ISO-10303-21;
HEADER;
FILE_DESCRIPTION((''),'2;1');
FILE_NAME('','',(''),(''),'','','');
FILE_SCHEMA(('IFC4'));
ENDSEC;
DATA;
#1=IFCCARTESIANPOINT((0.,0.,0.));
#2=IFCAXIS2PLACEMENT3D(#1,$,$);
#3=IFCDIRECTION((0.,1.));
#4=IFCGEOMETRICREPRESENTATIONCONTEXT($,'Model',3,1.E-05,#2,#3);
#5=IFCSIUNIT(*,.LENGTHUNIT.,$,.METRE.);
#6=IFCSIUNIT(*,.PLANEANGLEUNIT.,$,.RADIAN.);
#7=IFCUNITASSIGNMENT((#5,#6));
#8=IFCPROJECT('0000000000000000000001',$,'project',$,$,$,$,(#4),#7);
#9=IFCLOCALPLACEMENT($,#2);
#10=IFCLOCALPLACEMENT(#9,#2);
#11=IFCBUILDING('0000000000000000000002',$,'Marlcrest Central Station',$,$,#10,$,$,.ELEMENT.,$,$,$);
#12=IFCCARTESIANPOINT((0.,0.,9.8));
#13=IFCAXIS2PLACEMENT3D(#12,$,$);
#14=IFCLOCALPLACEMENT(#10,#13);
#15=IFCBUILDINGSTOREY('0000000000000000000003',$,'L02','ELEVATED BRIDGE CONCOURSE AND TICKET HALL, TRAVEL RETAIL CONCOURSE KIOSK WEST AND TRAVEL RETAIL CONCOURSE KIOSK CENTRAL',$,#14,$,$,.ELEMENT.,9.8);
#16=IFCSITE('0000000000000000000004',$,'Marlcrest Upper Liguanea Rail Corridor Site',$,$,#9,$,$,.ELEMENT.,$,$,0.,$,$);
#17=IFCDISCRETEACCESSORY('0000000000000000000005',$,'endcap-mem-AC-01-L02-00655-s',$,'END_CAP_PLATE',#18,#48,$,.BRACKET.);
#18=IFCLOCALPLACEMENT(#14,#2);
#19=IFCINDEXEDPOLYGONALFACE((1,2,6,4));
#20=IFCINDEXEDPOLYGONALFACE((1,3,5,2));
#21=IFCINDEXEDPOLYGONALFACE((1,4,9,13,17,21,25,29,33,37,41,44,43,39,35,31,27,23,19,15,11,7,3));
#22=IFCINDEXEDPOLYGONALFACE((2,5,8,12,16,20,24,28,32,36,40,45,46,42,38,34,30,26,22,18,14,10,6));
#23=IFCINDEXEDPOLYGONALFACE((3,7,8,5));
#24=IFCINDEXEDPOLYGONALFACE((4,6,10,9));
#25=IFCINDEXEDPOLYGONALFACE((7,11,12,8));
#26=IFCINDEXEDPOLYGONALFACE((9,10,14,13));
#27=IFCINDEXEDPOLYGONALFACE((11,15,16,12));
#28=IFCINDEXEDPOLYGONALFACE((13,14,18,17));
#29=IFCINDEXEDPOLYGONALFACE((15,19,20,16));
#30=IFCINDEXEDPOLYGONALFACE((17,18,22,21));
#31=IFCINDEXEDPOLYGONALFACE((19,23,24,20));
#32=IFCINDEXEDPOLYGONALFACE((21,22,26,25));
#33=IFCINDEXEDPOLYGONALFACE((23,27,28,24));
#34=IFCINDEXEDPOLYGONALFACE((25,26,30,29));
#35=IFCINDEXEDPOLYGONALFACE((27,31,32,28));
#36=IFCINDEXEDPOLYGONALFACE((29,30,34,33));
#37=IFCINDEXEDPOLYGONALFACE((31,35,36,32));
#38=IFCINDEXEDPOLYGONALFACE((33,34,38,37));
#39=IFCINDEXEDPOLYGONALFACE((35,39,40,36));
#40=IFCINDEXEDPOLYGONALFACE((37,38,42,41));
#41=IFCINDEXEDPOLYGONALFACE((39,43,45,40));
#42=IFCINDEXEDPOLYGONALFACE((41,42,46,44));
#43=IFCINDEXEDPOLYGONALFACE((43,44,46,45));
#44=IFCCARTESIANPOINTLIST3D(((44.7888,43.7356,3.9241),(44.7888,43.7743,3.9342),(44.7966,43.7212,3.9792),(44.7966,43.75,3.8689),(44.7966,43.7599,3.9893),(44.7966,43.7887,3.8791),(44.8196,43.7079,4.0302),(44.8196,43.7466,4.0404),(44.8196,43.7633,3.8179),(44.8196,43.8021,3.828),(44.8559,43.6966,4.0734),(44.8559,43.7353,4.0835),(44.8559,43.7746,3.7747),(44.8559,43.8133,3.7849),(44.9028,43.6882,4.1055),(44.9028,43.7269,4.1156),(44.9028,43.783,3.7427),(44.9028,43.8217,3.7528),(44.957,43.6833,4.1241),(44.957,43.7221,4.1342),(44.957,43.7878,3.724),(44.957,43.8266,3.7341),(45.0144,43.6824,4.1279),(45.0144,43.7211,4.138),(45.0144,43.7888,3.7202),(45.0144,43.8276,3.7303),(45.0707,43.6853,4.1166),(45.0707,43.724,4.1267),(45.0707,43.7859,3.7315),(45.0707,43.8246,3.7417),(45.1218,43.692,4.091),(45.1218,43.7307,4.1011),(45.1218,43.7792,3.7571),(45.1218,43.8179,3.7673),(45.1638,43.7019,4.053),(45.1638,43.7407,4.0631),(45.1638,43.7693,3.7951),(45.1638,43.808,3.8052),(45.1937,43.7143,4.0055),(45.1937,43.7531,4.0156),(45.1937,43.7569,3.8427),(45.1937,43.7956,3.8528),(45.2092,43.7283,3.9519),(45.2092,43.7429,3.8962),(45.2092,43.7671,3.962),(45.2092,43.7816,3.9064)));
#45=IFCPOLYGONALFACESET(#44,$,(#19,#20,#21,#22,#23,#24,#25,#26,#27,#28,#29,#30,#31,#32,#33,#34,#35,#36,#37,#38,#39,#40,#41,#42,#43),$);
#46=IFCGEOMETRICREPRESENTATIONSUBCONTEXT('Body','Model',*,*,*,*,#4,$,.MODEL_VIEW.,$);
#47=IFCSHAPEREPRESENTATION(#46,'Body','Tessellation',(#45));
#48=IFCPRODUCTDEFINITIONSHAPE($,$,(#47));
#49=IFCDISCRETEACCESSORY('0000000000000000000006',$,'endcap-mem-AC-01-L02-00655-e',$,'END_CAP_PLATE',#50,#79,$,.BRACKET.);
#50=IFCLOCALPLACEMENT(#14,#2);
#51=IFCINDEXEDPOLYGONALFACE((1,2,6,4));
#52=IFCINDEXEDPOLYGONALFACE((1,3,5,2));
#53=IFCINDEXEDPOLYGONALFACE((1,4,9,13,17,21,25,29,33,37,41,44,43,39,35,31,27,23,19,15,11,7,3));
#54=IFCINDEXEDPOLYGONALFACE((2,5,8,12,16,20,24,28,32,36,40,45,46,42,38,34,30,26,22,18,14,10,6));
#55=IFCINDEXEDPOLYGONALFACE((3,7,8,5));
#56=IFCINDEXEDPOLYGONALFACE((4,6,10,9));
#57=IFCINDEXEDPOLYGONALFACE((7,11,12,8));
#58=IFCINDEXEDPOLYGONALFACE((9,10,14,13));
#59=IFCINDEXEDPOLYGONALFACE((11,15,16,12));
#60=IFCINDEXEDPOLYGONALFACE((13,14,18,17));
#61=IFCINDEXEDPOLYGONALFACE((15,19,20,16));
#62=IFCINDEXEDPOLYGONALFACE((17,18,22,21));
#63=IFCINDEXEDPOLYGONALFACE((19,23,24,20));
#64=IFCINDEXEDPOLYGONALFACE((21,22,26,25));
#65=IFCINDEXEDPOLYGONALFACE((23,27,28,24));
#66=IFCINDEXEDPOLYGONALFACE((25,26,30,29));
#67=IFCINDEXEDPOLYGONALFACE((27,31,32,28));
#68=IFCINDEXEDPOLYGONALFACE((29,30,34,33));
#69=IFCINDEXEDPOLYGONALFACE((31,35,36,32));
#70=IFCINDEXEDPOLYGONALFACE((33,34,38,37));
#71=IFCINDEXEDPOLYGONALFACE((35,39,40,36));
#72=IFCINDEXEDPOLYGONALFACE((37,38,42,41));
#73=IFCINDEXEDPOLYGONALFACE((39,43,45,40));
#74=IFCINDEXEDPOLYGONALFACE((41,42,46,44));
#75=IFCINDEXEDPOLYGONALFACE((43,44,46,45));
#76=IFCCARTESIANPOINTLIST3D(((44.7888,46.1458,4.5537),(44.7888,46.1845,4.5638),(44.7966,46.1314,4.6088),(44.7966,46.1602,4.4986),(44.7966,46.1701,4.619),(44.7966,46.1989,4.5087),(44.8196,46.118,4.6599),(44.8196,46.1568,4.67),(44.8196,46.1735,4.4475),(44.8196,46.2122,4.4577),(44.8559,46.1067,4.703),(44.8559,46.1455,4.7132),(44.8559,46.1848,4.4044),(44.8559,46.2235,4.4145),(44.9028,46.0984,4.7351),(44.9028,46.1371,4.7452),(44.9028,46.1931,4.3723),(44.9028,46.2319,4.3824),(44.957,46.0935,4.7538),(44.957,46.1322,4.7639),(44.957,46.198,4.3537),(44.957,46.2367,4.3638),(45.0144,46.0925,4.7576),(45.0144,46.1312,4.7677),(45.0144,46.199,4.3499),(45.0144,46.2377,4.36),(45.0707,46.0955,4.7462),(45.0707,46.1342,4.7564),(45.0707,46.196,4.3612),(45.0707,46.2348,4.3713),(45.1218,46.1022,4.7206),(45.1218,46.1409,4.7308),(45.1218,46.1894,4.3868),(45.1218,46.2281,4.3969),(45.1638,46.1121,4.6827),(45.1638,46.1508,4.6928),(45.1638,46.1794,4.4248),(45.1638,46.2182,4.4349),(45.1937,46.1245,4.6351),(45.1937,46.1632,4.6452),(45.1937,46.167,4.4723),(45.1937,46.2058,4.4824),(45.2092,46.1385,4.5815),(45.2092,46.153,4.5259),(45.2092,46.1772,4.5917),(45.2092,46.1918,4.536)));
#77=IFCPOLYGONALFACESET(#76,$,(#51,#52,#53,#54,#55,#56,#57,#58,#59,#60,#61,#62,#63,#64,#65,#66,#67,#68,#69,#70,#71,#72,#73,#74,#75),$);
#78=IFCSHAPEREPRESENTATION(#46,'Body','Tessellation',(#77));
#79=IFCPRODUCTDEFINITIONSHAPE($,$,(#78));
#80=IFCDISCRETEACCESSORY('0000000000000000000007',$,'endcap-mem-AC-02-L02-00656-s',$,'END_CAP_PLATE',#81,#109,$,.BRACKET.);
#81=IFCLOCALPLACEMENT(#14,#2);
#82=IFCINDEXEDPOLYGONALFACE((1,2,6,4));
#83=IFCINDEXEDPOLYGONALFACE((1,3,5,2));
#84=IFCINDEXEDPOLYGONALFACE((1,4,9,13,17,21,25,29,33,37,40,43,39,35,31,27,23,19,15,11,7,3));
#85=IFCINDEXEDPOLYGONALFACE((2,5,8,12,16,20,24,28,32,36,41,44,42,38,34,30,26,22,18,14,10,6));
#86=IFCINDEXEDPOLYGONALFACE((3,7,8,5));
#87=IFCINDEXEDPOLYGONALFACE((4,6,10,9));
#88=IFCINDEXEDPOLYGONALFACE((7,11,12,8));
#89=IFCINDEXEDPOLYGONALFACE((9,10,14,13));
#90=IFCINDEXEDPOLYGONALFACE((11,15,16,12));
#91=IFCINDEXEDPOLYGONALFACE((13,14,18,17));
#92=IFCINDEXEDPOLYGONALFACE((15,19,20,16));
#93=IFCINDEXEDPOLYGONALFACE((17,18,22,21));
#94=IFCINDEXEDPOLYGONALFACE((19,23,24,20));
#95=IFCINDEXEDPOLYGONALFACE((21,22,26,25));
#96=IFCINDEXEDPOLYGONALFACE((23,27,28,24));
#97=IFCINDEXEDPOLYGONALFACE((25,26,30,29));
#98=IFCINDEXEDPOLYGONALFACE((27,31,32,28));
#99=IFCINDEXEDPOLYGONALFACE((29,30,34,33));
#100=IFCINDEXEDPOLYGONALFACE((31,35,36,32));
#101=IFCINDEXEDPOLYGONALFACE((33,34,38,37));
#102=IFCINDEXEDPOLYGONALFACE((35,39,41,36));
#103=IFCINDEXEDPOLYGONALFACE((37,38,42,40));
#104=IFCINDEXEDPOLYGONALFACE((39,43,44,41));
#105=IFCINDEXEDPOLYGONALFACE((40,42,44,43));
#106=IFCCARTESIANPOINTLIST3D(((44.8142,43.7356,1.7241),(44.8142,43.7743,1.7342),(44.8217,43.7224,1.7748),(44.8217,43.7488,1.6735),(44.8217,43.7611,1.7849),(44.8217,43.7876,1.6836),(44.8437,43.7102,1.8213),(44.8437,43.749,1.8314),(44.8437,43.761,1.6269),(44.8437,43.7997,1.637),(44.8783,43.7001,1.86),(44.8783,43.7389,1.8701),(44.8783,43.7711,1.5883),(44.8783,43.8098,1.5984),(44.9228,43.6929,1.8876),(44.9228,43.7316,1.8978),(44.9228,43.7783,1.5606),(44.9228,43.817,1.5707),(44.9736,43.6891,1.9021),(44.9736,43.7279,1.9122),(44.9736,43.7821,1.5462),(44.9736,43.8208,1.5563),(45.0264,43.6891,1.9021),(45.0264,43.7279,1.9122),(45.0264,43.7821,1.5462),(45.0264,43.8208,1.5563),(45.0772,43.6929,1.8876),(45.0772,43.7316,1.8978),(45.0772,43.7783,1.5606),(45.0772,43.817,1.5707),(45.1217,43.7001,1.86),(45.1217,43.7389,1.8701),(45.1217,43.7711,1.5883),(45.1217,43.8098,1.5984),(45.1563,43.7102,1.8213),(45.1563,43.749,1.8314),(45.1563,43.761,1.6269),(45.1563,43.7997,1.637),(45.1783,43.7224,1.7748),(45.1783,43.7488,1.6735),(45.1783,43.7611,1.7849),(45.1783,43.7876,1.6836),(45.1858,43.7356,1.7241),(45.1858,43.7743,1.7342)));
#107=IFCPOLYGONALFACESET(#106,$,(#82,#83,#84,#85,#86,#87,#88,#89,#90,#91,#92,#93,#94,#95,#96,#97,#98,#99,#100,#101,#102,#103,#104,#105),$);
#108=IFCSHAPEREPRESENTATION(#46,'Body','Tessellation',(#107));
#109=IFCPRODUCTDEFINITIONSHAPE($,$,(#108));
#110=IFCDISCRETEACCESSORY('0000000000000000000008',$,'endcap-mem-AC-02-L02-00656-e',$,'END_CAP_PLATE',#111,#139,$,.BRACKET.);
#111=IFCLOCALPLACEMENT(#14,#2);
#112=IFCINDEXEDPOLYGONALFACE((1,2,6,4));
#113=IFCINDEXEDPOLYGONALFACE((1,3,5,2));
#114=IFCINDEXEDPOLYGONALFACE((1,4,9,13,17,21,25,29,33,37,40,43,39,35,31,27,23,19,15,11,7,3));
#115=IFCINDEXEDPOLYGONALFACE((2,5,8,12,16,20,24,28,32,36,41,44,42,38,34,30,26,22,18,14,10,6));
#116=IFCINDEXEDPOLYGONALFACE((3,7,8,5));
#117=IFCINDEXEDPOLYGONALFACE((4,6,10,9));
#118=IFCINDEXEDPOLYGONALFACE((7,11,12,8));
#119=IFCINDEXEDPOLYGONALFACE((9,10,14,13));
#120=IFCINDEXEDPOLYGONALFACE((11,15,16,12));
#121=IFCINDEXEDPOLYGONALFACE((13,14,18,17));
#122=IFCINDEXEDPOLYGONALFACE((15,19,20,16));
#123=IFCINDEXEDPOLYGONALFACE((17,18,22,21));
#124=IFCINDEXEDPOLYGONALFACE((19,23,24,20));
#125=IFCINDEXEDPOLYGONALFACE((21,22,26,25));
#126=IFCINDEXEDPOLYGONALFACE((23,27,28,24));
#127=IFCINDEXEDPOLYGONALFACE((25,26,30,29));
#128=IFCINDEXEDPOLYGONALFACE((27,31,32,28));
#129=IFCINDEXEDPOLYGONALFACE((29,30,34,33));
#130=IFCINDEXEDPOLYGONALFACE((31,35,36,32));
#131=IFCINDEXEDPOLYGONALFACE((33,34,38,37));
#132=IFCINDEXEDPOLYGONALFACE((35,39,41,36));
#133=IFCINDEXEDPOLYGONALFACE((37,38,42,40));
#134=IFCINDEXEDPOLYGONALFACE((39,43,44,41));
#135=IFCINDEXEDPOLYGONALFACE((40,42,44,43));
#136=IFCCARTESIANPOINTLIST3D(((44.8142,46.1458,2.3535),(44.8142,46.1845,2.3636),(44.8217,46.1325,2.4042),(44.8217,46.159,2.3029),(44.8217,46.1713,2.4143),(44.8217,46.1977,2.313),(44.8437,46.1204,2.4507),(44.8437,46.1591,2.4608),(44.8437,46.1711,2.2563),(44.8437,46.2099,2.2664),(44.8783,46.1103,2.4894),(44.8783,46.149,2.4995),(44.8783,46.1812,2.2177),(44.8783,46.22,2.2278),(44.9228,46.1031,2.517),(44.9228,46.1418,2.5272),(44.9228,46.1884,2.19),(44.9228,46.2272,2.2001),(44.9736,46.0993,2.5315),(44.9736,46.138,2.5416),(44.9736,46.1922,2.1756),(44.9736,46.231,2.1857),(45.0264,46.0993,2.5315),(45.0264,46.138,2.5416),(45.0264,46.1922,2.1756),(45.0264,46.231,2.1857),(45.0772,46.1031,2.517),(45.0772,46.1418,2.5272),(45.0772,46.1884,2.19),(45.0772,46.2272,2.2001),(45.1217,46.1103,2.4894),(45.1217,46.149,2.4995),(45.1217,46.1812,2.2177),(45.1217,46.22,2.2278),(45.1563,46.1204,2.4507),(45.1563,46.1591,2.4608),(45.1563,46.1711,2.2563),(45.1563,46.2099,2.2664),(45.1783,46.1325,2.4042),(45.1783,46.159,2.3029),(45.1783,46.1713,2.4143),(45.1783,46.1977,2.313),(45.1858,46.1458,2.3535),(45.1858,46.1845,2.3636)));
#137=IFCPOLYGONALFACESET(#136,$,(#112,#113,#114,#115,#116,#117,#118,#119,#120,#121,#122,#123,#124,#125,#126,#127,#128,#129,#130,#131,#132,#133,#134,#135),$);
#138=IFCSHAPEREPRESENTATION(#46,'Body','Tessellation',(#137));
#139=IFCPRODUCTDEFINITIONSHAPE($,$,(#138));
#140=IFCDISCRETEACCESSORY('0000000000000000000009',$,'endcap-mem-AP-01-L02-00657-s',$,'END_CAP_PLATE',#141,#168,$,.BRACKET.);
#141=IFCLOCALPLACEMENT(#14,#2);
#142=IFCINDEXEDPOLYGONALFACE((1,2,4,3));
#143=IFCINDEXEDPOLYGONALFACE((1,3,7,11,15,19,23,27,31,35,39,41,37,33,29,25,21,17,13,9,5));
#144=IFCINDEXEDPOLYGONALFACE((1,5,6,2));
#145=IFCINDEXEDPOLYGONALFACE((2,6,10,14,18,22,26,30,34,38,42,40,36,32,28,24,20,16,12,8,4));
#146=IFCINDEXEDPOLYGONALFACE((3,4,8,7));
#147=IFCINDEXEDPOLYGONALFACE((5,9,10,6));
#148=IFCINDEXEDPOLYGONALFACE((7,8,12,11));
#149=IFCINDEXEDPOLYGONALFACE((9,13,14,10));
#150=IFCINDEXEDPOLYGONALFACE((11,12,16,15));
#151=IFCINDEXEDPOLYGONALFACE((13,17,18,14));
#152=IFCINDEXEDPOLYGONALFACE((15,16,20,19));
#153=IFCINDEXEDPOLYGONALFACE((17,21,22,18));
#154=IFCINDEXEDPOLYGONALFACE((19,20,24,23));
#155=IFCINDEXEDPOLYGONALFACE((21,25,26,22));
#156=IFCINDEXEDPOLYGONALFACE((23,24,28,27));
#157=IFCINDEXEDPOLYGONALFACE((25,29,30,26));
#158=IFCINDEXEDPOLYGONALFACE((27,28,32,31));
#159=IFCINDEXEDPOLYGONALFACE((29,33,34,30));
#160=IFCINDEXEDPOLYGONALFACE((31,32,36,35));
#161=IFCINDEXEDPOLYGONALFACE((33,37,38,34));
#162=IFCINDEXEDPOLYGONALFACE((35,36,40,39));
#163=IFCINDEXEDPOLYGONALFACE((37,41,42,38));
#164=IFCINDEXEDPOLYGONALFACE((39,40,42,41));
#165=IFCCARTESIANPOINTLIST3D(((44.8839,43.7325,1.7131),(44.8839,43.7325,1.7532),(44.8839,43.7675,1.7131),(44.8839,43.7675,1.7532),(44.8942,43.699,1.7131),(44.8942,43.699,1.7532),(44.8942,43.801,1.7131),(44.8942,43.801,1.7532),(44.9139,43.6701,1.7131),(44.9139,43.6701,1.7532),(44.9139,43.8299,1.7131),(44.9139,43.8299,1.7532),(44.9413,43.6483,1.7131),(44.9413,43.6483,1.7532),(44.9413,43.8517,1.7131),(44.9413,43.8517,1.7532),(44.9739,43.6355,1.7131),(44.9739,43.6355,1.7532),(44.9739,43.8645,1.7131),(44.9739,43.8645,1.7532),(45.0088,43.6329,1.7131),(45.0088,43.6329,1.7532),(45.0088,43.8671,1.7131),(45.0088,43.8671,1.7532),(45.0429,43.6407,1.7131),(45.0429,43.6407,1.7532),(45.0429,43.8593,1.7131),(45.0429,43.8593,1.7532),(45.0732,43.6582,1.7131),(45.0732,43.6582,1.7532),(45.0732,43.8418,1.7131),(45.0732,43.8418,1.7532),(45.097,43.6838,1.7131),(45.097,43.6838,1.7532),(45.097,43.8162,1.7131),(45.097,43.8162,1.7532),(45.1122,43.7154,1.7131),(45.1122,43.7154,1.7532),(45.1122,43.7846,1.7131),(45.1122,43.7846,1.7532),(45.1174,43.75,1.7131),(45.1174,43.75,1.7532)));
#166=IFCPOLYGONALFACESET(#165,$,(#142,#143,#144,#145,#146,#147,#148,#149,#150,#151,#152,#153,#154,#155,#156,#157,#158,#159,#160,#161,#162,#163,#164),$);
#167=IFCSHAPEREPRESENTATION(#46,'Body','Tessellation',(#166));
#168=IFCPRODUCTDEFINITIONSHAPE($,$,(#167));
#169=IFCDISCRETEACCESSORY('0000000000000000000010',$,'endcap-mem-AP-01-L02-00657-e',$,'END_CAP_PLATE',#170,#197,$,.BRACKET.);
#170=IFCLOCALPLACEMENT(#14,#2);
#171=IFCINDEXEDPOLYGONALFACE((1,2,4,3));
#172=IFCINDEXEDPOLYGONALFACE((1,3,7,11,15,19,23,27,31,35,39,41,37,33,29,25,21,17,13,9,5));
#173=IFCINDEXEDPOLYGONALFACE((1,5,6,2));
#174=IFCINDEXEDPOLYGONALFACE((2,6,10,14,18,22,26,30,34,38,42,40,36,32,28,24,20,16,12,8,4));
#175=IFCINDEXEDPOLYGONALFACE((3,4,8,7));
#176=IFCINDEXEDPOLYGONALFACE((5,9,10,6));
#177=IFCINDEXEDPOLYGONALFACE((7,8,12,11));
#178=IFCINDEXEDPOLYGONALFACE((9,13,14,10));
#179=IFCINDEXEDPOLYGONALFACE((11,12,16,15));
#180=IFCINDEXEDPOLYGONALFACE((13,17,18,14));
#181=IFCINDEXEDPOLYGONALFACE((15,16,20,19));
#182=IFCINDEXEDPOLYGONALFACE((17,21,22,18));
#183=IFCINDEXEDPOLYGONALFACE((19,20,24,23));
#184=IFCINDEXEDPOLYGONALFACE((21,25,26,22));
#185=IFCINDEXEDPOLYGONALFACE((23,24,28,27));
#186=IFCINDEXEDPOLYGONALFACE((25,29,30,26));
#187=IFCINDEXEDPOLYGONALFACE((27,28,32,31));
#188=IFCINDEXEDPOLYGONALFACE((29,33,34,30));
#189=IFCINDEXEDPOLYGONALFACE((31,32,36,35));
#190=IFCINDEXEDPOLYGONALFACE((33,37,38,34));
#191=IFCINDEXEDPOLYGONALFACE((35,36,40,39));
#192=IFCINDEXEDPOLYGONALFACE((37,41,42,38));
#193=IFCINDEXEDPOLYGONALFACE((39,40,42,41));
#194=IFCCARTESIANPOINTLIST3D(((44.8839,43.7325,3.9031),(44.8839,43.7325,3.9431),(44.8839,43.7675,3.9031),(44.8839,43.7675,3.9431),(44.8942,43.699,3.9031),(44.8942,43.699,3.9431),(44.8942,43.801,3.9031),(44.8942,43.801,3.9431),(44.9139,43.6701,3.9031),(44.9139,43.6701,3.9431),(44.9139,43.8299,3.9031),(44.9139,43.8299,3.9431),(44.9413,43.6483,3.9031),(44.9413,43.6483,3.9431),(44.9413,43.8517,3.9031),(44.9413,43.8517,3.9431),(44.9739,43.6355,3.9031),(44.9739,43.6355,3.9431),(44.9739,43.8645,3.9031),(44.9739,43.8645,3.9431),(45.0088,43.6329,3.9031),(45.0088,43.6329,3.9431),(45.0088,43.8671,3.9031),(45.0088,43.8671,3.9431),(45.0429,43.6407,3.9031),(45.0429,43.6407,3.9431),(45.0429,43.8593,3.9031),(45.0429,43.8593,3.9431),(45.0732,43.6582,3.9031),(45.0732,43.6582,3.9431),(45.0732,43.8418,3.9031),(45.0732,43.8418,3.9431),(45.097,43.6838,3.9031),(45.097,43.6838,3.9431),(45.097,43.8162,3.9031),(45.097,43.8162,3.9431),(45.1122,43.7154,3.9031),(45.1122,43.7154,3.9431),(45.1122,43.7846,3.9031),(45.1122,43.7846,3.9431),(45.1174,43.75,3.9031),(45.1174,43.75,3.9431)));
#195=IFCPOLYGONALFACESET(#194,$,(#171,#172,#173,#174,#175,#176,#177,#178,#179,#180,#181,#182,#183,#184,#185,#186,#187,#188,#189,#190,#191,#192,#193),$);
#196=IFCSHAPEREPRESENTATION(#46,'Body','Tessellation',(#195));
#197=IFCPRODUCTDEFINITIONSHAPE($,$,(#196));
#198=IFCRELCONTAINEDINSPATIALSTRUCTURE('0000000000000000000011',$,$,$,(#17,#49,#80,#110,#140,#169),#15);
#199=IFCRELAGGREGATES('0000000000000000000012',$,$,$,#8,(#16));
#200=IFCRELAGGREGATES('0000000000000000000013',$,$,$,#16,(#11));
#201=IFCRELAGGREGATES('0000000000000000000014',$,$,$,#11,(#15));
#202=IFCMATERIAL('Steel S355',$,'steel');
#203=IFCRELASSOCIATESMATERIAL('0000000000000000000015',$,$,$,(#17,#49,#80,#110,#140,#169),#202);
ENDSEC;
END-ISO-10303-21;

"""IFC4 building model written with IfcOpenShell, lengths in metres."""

from ifc_helpers import new_model, si_unit, direction, frame, origin, origin_2d, place, context, subcontext, project, spatial, circle, extrude, material, element, save


model = new_model("IFC4")

# Units and contexts
model_context = context("Model", 3, precision=1e-05, world=origin(), true_north=direction((0.0, 1.0)))
body_context = subcontext(model_context, "Body", "Model", "MODEL_VIEW")
ifc_project = project(units=[si_unit("LENGTHUNIT", "METRE"), si_unit("PLANEANGLEUNIT", "RADIAN")], contexts=[model_context])

# Site, building, storey
site_placement = place(None, origin())
site = spatial("IfcSite", under=ifc_project, at=site_placement, Name="Marlcrest Upper Liguanea Rail Corridor Site", CompositionType="ELEMENT", RefElevation=0.0)
building_placement = place(site_placement, origin())
building = spatial("IfcBuilding", under=site, at=building_placement, Name="Marlcrest Central Station", CompositionType="ELEMENT")
storey_placement = place(building_placement, frame((0.0, 0.0, 9.8)))
storey = spatial("IfcBuildingStorey", under=building, at=storey_placement, Name="L02", Description="ELEVATED BRIDGE CONCOURSE AND TICKET HALL, TRAVEL RETAIL CONCOURSE KIOSK WEST AND TRAVEL RETAIL CONCOURSE KIOSK CENTRAL", CompositionType="ELEMENT", Elevation=9.8)

# Shared definitions
ifc_material_1 = material(Name="Steel S355", Category="steel")

# Discrete accessories
for number, where, z_axis, x_axis, name in (
    (1, (45.0, 43.7356, 3.9241), (0.0, 0.967539, 0.25272), (-1.0, 0.0, 0.0), "endcap-mem-AC-01-L02-00655-s"),
    (2, (45.0, 46.1458, 4.5537), (0.0, 0.967539, 0.25272), (-1.0, 0.0, 0.0), "endcap-mem-AC-01-L02-00655-e"),
):
    element("IfcDiscreteAccessory", number, at=place(storey_placement, frame(where, z_axis=z_axis, x_axis=x_axis)), inside=storey, material=ifc_material_1, Name=name, ObjectType="END_CAP_PLATE", PredefinedType="BRACKET", context=body_context, shape_type="SweptSolid", body=[
        extrude(circle(Radius=0.2112, at=origin_2d()), origin(), (0.0, 0.0, 1.0), 0.04),
    ])
for number, where, z_axis, x_axis, name in (
    (3, (45.0, 43.7356, 1.7241), (0.0, 0.967563, 0.252629), (-1.0, 0.0, 0.0), "endcap-mem-AC-02-L02-00656-s"),
    (4, (45.0, 46.1458, 2.3535), (0.0, 0.967563, 0.252629), (-1.0, 0.0, 0.0), "endcap-mem-AC-02-L02-00656-e"),
):
    element("IfcDiscreteAccessory", number, at=place(storey_placement, frame(where, z_axis=z_axis, x_axis=x_axis)), inside=storey, material=ifc_material_1, Name=name, ObjectType="END_CAP_PLATE", PredefinedType="BRACKET", context=body_context, shape_type="SweptSolid", body=[
        extrude(circle(Radius=0.1858, at=origin_2d()), origin(), (0.0, 0.0, 1.0), 0.04),
    ])
for number, where, z_axis, x_axis, name in (
    (5, (45.0, 43.75, 1.7131), (0.0, 0.0, 1.0), (1.0, 0.0, 0.0), "endcap-mem-AP-01-L02-00657-s"),
    (6, (45.0, 43.75, 3.9031), (0.0, 0.0, 1.0), (1.0, 0.0, 0.0), "endcap-mem-AP-01-L02-00657-e"),
):
    element("IfcDiscreteAccessory", number, at=place(storey_placement, frame(where, z_axis=z_axis, x_axis=x_axis)), inside=storey, material=ifc_material_1, Name=name, ObjectType="END_CAP_PLATE", PredefinedType="BRACKET", context=body_context, shape_type="SweptSolid", body=[
        extrude(circle(Radius=0.1174, at=origin_2d()), origin(), (0.0, 0.0, 1.0), 0.04),
    ])

save(model, "model.ifc")
